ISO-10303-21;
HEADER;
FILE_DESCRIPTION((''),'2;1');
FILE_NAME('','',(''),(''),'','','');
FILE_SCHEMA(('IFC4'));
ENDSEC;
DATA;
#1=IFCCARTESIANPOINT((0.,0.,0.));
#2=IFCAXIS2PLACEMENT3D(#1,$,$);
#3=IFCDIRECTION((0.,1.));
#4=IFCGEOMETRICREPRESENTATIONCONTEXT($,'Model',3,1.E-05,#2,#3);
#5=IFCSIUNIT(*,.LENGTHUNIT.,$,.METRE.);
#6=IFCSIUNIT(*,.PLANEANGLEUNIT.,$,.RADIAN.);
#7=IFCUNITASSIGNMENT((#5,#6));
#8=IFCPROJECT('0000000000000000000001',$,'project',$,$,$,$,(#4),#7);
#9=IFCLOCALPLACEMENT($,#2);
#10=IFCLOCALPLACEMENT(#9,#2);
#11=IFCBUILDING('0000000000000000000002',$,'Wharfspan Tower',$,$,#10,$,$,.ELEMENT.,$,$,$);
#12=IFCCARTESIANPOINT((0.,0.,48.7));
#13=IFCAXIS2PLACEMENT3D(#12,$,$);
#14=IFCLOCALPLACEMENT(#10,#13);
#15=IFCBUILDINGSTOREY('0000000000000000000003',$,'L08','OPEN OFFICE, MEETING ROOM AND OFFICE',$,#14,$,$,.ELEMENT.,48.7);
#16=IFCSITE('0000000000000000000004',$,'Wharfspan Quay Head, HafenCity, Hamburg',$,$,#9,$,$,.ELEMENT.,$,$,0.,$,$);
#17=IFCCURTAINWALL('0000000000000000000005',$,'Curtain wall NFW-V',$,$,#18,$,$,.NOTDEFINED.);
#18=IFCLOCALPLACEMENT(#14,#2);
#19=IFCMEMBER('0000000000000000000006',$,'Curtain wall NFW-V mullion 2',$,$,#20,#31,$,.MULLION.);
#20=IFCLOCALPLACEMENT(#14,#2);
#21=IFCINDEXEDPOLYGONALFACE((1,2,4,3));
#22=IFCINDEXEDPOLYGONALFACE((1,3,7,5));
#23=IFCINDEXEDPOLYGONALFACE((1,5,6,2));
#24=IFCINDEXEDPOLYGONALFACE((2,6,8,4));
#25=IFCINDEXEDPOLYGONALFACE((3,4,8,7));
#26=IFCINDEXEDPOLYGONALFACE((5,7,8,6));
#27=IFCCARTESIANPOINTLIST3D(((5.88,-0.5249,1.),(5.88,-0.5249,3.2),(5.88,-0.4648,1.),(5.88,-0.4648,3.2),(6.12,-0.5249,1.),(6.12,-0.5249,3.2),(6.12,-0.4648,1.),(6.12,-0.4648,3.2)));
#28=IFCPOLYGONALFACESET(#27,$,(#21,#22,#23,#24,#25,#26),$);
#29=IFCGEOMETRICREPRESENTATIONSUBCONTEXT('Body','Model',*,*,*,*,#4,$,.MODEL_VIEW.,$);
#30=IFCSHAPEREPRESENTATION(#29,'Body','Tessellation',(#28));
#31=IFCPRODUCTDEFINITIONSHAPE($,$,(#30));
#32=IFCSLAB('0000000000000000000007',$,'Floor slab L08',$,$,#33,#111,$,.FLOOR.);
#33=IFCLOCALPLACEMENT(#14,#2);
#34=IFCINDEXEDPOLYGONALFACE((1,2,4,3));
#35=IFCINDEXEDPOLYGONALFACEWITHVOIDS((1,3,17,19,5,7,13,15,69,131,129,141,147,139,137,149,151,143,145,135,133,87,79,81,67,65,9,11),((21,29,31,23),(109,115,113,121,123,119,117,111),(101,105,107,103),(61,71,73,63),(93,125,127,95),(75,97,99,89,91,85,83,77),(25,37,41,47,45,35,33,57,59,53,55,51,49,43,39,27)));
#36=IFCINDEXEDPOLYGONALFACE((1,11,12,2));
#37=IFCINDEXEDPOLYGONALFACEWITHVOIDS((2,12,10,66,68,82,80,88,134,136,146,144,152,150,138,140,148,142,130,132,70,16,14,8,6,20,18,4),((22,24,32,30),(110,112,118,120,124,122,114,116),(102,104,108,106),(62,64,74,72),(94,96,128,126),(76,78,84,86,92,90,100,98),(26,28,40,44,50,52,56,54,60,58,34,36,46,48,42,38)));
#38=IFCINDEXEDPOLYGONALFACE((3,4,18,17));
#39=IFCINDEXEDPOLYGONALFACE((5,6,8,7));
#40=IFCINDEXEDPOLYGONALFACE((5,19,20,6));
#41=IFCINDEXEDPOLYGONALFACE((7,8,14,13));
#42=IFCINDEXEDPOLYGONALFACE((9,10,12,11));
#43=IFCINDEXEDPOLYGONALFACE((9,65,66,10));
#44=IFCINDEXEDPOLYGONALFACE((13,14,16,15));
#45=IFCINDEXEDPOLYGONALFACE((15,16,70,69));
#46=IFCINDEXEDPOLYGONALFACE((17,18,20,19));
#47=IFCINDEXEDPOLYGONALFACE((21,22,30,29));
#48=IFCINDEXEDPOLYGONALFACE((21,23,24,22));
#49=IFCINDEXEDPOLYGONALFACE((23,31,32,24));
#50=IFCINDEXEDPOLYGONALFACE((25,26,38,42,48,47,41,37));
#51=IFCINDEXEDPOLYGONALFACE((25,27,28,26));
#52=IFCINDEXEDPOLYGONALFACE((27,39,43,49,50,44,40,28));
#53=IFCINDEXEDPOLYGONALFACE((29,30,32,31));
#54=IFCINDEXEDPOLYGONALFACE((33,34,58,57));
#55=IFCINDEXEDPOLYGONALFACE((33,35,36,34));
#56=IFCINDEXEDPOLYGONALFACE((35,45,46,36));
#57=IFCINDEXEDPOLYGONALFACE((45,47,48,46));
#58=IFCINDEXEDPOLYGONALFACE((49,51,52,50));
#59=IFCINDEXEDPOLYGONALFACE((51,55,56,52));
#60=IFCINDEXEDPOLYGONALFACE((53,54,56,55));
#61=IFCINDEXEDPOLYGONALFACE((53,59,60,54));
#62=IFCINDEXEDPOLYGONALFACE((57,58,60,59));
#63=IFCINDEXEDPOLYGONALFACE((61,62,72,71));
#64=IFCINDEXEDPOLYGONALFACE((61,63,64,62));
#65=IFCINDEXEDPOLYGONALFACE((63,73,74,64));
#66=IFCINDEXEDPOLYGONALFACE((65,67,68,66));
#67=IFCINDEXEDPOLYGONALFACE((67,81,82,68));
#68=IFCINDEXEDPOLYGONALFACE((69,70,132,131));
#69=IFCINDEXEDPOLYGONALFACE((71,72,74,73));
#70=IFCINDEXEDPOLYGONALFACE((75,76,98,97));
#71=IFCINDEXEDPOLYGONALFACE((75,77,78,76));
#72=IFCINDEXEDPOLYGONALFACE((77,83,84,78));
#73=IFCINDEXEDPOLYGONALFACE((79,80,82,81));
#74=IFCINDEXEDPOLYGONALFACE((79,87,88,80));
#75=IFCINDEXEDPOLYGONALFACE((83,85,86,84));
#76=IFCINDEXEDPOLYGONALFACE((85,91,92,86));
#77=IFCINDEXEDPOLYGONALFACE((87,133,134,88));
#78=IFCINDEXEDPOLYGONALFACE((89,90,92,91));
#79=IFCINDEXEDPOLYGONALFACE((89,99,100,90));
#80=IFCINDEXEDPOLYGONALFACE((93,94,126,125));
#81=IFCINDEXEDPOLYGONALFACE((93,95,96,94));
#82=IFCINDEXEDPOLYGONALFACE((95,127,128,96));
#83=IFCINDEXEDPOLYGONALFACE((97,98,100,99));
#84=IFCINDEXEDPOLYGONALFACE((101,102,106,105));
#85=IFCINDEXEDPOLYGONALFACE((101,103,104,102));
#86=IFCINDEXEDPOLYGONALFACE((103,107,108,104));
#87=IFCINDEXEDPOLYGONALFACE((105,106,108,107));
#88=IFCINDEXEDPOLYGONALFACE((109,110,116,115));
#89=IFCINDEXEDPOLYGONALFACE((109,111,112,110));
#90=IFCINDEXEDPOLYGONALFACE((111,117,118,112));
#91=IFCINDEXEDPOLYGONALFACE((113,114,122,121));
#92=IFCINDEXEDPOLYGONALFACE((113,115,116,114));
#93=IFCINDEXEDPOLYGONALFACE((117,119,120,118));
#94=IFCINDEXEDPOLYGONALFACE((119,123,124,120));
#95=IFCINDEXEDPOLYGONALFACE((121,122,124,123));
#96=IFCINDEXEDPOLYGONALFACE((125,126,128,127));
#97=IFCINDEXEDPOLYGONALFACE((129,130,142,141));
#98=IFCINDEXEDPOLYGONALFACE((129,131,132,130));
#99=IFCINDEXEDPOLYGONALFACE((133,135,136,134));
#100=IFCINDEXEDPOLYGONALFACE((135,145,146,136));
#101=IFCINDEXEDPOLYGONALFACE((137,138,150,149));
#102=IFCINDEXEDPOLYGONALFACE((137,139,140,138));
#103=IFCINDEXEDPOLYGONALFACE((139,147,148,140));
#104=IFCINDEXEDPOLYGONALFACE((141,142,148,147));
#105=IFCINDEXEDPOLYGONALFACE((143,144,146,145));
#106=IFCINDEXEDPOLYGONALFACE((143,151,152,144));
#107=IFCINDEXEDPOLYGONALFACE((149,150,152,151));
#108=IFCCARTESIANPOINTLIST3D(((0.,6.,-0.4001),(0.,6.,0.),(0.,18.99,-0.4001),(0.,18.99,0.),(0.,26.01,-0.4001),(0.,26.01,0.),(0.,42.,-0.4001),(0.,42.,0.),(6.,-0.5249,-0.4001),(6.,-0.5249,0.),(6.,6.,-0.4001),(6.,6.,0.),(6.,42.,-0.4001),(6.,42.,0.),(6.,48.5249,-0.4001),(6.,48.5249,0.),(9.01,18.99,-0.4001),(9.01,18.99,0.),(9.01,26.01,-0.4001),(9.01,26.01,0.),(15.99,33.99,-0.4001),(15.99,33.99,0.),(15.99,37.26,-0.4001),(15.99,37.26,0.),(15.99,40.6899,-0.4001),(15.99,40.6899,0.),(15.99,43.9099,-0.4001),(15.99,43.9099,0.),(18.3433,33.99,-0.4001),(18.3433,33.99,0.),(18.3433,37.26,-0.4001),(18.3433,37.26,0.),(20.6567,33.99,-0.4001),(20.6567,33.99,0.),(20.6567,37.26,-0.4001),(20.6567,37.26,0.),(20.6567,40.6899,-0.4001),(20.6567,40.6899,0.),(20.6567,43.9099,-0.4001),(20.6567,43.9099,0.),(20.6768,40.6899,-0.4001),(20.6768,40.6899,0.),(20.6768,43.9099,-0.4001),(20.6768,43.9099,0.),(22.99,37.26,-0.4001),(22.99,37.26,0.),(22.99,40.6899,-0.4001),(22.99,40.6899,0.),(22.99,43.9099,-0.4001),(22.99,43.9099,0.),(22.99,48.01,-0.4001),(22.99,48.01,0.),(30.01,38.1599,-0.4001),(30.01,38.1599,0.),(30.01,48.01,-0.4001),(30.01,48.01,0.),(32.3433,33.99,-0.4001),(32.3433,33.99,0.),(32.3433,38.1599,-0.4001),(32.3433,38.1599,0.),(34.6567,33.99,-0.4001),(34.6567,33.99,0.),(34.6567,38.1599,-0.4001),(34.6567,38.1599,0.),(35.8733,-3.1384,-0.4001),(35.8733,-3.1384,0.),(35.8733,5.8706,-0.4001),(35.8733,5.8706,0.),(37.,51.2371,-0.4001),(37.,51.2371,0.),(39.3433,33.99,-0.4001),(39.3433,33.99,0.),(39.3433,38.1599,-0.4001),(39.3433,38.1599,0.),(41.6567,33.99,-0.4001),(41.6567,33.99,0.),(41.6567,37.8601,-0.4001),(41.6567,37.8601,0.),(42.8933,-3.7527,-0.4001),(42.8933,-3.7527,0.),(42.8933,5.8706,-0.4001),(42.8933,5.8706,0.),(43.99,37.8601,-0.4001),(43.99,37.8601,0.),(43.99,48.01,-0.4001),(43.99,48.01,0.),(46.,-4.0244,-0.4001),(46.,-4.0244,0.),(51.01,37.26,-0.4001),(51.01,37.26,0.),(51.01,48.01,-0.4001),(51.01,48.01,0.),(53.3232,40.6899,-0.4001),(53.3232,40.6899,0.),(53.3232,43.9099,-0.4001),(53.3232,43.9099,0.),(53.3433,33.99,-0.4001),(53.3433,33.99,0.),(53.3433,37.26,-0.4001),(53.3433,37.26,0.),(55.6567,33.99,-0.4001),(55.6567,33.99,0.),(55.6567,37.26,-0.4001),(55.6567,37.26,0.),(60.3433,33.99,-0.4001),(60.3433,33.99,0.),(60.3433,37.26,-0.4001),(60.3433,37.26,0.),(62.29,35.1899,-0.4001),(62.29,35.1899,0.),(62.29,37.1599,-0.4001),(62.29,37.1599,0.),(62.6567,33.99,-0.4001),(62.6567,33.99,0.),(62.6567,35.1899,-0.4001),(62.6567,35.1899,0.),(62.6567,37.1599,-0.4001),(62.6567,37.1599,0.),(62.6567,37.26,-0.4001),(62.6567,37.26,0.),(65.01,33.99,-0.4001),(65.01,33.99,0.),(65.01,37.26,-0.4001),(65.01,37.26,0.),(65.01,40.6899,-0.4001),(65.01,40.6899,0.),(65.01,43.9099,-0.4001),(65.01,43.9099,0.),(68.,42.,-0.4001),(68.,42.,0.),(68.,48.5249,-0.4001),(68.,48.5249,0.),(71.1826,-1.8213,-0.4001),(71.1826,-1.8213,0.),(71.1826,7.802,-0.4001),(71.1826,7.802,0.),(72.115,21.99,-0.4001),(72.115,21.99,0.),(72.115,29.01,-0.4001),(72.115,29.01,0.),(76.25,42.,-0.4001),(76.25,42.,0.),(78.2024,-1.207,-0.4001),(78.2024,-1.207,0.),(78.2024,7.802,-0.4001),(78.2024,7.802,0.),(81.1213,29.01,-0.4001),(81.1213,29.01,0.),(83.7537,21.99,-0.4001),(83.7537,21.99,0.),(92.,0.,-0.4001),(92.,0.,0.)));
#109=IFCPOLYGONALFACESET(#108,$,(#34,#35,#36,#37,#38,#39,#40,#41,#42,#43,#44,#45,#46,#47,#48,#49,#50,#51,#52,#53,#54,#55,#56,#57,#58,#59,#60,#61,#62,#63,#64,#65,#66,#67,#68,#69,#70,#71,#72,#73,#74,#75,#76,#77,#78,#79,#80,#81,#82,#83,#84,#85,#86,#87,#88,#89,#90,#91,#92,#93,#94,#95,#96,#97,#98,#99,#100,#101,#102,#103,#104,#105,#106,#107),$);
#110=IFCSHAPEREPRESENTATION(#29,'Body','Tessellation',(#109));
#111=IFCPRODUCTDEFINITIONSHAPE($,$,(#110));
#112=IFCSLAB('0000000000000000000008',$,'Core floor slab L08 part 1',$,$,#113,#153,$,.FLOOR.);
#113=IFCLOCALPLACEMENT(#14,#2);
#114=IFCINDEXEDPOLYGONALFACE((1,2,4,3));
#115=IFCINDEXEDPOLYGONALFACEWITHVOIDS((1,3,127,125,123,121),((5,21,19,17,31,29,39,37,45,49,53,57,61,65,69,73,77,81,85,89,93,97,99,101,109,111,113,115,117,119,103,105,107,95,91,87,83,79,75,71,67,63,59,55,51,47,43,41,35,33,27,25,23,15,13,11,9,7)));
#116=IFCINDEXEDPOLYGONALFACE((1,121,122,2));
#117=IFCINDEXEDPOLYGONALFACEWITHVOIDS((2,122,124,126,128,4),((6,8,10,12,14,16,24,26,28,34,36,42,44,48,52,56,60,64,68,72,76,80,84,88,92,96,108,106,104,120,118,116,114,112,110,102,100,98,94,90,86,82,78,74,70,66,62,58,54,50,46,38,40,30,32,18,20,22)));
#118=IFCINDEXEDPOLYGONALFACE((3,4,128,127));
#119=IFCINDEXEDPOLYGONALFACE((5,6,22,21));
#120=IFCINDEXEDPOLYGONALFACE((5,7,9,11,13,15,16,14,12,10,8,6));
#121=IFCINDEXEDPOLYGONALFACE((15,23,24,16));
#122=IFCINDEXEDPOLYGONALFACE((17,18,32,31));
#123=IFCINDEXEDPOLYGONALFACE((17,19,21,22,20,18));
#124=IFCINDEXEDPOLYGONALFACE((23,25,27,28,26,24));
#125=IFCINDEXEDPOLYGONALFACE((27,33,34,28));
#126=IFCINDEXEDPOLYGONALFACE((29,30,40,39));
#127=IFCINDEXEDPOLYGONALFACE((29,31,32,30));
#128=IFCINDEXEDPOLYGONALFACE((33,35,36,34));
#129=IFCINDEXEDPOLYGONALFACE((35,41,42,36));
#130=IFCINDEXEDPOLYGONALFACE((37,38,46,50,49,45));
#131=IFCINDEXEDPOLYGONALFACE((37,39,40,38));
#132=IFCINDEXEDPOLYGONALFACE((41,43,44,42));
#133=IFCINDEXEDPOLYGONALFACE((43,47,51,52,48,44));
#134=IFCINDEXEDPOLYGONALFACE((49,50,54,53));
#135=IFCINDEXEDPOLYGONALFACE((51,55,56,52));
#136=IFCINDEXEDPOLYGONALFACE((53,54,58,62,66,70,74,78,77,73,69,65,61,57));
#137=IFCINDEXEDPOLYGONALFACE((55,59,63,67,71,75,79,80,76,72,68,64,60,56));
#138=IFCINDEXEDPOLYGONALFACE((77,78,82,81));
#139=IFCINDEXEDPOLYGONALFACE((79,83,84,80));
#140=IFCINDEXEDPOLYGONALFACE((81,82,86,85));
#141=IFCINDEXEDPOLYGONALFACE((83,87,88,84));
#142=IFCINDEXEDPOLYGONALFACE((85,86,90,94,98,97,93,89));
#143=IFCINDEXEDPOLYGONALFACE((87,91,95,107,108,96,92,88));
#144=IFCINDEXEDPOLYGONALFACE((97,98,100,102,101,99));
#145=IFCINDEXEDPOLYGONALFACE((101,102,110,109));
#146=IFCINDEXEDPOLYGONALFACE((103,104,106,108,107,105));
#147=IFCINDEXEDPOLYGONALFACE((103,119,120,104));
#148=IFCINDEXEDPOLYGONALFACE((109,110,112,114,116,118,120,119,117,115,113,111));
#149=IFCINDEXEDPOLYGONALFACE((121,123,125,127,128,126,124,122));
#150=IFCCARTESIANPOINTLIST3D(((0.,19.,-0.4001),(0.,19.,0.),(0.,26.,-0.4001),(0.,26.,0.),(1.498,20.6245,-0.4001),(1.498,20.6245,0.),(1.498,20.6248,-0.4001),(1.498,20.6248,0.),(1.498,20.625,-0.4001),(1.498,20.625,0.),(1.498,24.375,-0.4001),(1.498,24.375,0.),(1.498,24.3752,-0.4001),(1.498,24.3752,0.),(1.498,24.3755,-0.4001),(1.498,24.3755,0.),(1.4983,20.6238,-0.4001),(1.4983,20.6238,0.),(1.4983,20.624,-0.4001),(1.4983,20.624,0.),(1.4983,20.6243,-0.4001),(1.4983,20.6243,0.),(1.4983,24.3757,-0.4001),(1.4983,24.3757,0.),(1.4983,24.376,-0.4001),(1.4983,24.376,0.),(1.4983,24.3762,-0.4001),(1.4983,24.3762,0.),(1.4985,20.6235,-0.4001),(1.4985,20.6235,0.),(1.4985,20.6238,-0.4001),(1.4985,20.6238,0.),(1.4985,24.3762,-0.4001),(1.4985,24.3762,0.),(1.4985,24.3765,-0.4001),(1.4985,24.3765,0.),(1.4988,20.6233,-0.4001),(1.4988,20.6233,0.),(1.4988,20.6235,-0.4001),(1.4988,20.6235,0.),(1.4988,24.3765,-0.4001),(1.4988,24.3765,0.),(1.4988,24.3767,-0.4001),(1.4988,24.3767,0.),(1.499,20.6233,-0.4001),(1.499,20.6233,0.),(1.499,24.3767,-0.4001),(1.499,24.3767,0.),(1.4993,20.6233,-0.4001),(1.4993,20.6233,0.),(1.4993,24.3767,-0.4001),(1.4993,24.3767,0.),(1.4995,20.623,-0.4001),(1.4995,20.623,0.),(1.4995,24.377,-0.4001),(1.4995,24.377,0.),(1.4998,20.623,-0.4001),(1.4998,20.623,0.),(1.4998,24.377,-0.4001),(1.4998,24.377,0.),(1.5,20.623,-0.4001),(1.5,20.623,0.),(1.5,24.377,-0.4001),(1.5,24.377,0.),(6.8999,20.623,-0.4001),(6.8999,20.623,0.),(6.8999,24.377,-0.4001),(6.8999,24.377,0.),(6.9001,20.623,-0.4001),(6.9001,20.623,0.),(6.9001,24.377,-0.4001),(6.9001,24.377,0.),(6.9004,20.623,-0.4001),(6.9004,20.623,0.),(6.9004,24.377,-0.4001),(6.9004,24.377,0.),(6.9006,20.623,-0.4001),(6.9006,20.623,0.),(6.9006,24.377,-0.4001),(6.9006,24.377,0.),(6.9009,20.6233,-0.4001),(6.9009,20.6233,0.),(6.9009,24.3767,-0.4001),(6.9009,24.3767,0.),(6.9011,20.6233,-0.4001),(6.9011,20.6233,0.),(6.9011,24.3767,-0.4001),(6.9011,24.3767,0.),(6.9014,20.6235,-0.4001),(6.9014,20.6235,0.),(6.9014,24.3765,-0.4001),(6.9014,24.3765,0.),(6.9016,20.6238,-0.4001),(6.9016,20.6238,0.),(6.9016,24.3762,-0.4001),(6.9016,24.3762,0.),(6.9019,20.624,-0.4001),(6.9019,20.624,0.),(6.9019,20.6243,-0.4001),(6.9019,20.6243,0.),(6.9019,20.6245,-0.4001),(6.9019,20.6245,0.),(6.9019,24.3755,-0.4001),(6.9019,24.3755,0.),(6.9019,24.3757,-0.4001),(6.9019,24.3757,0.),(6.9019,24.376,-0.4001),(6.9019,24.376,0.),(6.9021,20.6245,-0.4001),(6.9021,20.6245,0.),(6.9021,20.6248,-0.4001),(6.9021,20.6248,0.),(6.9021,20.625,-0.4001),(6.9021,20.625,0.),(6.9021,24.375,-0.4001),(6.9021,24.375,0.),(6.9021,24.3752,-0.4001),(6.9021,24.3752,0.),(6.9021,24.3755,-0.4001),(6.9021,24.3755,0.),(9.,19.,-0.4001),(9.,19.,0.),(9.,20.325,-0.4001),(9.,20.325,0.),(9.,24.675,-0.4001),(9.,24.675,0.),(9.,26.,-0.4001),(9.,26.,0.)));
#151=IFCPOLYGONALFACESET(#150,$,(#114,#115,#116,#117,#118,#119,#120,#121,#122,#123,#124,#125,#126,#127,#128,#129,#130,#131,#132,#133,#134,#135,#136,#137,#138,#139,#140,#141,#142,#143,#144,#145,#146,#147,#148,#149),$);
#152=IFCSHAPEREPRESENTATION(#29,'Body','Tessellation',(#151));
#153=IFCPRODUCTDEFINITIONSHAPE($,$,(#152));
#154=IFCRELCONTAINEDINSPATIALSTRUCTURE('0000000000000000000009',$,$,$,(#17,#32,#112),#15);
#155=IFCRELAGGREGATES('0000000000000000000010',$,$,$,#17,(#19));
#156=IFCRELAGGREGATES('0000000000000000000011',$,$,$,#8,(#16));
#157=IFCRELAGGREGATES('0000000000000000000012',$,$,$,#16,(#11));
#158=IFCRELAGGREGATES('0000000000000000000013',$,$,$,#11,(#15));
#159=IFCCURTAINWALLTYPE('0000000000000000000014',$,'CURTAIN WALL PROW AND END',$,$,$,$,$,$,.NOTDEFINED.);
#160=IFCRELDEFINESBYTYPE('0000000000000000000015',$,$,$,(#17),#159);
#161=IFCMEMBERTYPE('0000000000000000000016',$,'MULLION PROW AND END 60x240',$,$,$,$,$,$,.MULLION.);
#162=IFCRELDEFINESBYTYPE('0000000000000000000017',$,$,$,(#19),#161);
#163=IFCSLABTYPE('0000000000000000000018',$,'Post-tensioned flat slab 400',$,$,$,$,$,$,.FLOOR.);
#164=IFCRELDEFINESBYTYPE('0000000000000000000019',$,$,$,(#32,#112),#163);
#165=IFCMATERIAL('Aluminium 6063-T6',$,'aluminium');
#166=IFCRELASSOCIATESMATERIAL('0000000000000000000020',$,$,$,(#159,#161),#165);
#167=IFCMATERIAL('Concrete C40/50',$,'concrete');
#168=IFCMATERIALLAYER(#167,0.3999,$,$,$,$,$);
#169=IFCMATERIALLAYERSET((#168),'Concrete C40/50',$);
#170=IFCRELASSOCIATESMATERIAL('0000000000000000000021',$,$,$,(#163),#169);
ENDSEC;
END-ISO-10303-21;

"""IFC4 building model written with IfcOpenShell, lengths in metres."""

from ifc_helpers import new_model, si_unit, direction, frame, origin, origin_2d, place, context, subcontext, project, spatial, polyline, rectangle, outline, extrude, material, layer, layer_set, material_profile, profile_set, type_object, element, aggregate, save


model = new_model("IFC4")

# Units and contexts
model_context = context("Model", 3, precision=1e-05, world=origin(), true_north=direction((0.0, 1.0)))
body_context = subcontext(model_context, "Body", "Model", "MODEL_VIEW")
ifc_project = project(units=[si_unit("LENGTHUNIT", "METRE"), si_unit("PLANEANGLEUNIT", "RADIAN")], contexts=[model_context])

# Site, building, storey
site_placement = place(None, origin())
site = spatial("IfcSite", under=ifc_project, at=site_placement, Name="Wharfspan Quay Head, HafenCity, Hamburg", CompositionType="ELEMENT", RefElevation=0.0)
building_placement = place(site_placement, origin())
building = spatial("IfcBuilding", under=site, at=building_placement, Name="Wharfspan Tower", CompositionType="ELEMENT")
storey_placement = place(building_placement, frame((0.0, 0.0, 48.7)))
storey = spatial("IfcBuildingStorey", under=building, at=storey_placement, Name="L08", Description="OPEN OFFICE, MEETING ROOM AND OFFICE", CompositionType="ELEMENT", Elevation=48.7)

# Curtain wall, member
ifc_material_1 = material(Name="Aluminium 6063-T6", Category="aluminium")
curtain_wall_type = type_object("IfcCurtainWallType", Name="CURTAIN WALL PROW AND END", PredefinedType="NOTDEFINED", material=ifc_material_1)
curtain_wall_placement = place(storey_placement, origin())
curtain_wall = element("IfcCurtainWall", 1, at=curtain_wall_placement, inside=storey, type_object=curtain_wall_type, Name="Curtain wall NFW-V", PredefinedType="NOTDEFINED")
ifc_material_profile = material_profile(ifc_material_1, rectangle(XDim=0.24, YDim=0.0601, at=origin_2d()))
ifc_profile_set = profile_set([ifc_material_profile], Name="Aluminium 6063-T6")
member_type = type_object("IfcMemberType", Name="MULLION PROW AND END 60x240", PredefinedType="MULLION", material=ifc_profile_set)
member_placement = place(storey_placement, frame((6.0, -0.4949, 1.0), z_axis=(0.0, 0.0, 1.0), x_axis=(1.0, 0.0, 0.0)))
member = element("IfcMember", 2, at=member_placement, type_object=member_type, Name="Curtain wall NFW-V mullion 2", PredefinedType="MULLION", context=body_context, shape_type="SweptSolid", body=[
    extrude(rectangle(XDim=0.24, YDim=0.0601, at=origin_2d()), origin(), (0.0, 0.0, 1.0), 2.2),
])
aggregate(curtain_wall, [member])

# Slabs
ifc_material_2 = material(Name="Concrete C40/50", Category="concrete")
ifc_layer_1 = layer(ifc_material_2, 0.3999)
ifc_layer_set_1 = layer_set([ifc_layer_1], Name="Concrete C40/50")
slab_type_1 = type_object("IfcSlabType", Name="Post-tensioned flat slab 400", PredefinedType="FLOOR", material=ifc_layer_set_1)
slab_1_placement = place(storey_placement, frame((0.0, 0.0, -0.4001)))
element("IfcSlab", 3, at=slab_1_placement, inside=storey, type_object=slab_type_1, Name="Floor slab L08", PredefinedType="FLOOR", context=body_context, shape_type="SweptSolid", body=[
    extrude(outline(polyline([(35.8733, -3.1384), (35.8733, 5.8706), (42.8933, 5.8706), (42.8933, -3.7527), (46.0, -4.0244), (71.1826, -1.8213), (71.1826, 7.802), (78.2024, 7.802), (78.2024, -1.207), (92.0, 0.0), (83.7537, 21.99), (72.115, 21.99), (72.115, 29.01), (81.1213, 29.01), (76.25, 42.0), (68.0, 42.0), (68.0, 48.5249), (37.0, 51.2371), (6.0, 48.5249), (6.0, 42.0), (0.0, 42.0), (0.0, 26.01), (9.01, 26.01), (9.01, 18.99), (0.0, 18.99), (0.0, 6.0), (6.0, 6.0), (6.0, -0.5249), (35.8733, -3.1384)]), holes=[polyline([(62.29, 37.1599), (62.6567, 37.1599), (62.6567, 37.26), (65.01, 37.26), (65.01, 33.99), (62.6567, 33.99), (62.6567, 35.1899), (62.29, 35.1899), (62.29, 37.1599)]), polyline([(65.01, 43.9099), (65.01, 40.6899), (53.3232, 40.6899), (53.3232, 43.9099), (65.01, 43.9099)]), polyline([(55.6567, 33.99), (55.6567, 37.26), (60.3433, 37.26), (60.3433, 33.99), (55.6567, 33.99)]), polyline([(43.99, 37.8601), (43.99, 48.01), (51.01, 48.01), (51.01, 37.26), (53.3433, 37.26), (53.3433, 33.99), (41.6567, 33.99), (41.6567, 37.8601), (43.99, 37.8601)]), polyline([(34.6567, 33.99), (34.6567, 38.1599), (39.3433, 38.1599), (39.3433, 33.99), (34.6567, 33.99)]), polyline([(15.99, 40.6899), (15.99, 43.9099), (20.6567, 43.9099), (20.6768, 43.9099), (22.99, 43.9099), (22.99, 48.01), (30.01, 48.01), (30.01, 38.1599), (32.3433, 38.1599), (32.3433, 33.99), (20.6567, 33.99), (20.6567, 37.26), (22.99, 37.26), (22.99, 40.6899), (20.6768, 40.6899), (20.6567, 40.6899), (15.99, 40.6899)]), polyline([(18.3433, 37.26), (18.3433, 33.99), (15.99, 33.99), (15.99, 37.26), (18.3433, 37.26)])]), origin(), (0.0, 0.0, 1.0), 0.4001),
])
slab_2_placement = place(storey_placement, frame((0.0, 0.0, -0.4001)))
element("IfcSlab", 4, at=slab_2_placement, inside=storey, type_object=slab_type_1, Name="Core floor slab L08 part 1", PredefinedType="FLOOR", context=body_context, shape_type="SweptSolid", body=[
    extrude(outline(polyline([(9.0, 20.325), (9.0, 24.675), (9.0, 26.0), (0.0, 26.0), (0.0, 19.0), (9.0, 19.0), (9.0, 20.325)]), holes=[polyline([(6.9021, 20.625), (6.9021, 20.6248), (6.9021, 20.6245), (6.9019, 20.6245), (6.9019, 20.6243), (6.9019, 20.624), (6.9016, 20.6238), (6.9016, 20.6238), (6.9014, 20.6235), (6.9014, 20.6235), (6.9011, 20.6233), (6.9009, 20.6233), (6.9009, 20.6233), (6.9006, 20.623), (6.9004, 20.623), (6.9001, 20.623), (6.8999, 20.623), (1.5, 20.623), (1.4998, 20.623), (1.4995, 20.623), (1.4995, 20.623), (1.4993, 20.6233), (1.499, 20.6233), (1.4988, 20.6233), (1.4988, 20.6235), (1.4985, 20.6235), (1.4985, 20.6238), (1.4983, 20.6238), (1.4983, 20.624), (1.4983, 20.6243), (1.498, 20.6245), (1.498, 20.6245), (1.498, 20.6248), (1.498, 20.625), (1.498, 24.375), (1.498, 24.3752), (1.498, 24.3755), (1.498, 24.3755), (1.4983, 24.3757), (1.4983, 24.376), (1.4983, 24.3762), (1.4985, 24.3762), (1.4985, 24.3765), (1.4988, 24.3765), (1.4988, 24.3767), (1.499, 24.3767), (1.4993, 24.3767), (1.4995, 24.377), (1.4995, 24.377), (1.4998, 24.377), (1.5, 24.377), (6.8999, 24.377), (6.9001, 24.377), (6.9004, 24.377), (6.9006, 24.377), (6.9009, 24.3767), (6.9009, 24.3767), (6.9011, 24.3767), (6.9014, 24.3765), (6.9014, 24.3765), (6.9016, 24.3762), (6.9016, 24.3762), (6.9019, 24.376), (6.9019, 24.3757), (6.9019, 24.3755), (6.9021, 24.3755), (6.9021, 24.3752), (6.9021, 24.375), (6.9021, 20.625)])]), origin(), (0.0, 0.0, 1.0), 0.4001),
])

save(model, "model.ifc")
